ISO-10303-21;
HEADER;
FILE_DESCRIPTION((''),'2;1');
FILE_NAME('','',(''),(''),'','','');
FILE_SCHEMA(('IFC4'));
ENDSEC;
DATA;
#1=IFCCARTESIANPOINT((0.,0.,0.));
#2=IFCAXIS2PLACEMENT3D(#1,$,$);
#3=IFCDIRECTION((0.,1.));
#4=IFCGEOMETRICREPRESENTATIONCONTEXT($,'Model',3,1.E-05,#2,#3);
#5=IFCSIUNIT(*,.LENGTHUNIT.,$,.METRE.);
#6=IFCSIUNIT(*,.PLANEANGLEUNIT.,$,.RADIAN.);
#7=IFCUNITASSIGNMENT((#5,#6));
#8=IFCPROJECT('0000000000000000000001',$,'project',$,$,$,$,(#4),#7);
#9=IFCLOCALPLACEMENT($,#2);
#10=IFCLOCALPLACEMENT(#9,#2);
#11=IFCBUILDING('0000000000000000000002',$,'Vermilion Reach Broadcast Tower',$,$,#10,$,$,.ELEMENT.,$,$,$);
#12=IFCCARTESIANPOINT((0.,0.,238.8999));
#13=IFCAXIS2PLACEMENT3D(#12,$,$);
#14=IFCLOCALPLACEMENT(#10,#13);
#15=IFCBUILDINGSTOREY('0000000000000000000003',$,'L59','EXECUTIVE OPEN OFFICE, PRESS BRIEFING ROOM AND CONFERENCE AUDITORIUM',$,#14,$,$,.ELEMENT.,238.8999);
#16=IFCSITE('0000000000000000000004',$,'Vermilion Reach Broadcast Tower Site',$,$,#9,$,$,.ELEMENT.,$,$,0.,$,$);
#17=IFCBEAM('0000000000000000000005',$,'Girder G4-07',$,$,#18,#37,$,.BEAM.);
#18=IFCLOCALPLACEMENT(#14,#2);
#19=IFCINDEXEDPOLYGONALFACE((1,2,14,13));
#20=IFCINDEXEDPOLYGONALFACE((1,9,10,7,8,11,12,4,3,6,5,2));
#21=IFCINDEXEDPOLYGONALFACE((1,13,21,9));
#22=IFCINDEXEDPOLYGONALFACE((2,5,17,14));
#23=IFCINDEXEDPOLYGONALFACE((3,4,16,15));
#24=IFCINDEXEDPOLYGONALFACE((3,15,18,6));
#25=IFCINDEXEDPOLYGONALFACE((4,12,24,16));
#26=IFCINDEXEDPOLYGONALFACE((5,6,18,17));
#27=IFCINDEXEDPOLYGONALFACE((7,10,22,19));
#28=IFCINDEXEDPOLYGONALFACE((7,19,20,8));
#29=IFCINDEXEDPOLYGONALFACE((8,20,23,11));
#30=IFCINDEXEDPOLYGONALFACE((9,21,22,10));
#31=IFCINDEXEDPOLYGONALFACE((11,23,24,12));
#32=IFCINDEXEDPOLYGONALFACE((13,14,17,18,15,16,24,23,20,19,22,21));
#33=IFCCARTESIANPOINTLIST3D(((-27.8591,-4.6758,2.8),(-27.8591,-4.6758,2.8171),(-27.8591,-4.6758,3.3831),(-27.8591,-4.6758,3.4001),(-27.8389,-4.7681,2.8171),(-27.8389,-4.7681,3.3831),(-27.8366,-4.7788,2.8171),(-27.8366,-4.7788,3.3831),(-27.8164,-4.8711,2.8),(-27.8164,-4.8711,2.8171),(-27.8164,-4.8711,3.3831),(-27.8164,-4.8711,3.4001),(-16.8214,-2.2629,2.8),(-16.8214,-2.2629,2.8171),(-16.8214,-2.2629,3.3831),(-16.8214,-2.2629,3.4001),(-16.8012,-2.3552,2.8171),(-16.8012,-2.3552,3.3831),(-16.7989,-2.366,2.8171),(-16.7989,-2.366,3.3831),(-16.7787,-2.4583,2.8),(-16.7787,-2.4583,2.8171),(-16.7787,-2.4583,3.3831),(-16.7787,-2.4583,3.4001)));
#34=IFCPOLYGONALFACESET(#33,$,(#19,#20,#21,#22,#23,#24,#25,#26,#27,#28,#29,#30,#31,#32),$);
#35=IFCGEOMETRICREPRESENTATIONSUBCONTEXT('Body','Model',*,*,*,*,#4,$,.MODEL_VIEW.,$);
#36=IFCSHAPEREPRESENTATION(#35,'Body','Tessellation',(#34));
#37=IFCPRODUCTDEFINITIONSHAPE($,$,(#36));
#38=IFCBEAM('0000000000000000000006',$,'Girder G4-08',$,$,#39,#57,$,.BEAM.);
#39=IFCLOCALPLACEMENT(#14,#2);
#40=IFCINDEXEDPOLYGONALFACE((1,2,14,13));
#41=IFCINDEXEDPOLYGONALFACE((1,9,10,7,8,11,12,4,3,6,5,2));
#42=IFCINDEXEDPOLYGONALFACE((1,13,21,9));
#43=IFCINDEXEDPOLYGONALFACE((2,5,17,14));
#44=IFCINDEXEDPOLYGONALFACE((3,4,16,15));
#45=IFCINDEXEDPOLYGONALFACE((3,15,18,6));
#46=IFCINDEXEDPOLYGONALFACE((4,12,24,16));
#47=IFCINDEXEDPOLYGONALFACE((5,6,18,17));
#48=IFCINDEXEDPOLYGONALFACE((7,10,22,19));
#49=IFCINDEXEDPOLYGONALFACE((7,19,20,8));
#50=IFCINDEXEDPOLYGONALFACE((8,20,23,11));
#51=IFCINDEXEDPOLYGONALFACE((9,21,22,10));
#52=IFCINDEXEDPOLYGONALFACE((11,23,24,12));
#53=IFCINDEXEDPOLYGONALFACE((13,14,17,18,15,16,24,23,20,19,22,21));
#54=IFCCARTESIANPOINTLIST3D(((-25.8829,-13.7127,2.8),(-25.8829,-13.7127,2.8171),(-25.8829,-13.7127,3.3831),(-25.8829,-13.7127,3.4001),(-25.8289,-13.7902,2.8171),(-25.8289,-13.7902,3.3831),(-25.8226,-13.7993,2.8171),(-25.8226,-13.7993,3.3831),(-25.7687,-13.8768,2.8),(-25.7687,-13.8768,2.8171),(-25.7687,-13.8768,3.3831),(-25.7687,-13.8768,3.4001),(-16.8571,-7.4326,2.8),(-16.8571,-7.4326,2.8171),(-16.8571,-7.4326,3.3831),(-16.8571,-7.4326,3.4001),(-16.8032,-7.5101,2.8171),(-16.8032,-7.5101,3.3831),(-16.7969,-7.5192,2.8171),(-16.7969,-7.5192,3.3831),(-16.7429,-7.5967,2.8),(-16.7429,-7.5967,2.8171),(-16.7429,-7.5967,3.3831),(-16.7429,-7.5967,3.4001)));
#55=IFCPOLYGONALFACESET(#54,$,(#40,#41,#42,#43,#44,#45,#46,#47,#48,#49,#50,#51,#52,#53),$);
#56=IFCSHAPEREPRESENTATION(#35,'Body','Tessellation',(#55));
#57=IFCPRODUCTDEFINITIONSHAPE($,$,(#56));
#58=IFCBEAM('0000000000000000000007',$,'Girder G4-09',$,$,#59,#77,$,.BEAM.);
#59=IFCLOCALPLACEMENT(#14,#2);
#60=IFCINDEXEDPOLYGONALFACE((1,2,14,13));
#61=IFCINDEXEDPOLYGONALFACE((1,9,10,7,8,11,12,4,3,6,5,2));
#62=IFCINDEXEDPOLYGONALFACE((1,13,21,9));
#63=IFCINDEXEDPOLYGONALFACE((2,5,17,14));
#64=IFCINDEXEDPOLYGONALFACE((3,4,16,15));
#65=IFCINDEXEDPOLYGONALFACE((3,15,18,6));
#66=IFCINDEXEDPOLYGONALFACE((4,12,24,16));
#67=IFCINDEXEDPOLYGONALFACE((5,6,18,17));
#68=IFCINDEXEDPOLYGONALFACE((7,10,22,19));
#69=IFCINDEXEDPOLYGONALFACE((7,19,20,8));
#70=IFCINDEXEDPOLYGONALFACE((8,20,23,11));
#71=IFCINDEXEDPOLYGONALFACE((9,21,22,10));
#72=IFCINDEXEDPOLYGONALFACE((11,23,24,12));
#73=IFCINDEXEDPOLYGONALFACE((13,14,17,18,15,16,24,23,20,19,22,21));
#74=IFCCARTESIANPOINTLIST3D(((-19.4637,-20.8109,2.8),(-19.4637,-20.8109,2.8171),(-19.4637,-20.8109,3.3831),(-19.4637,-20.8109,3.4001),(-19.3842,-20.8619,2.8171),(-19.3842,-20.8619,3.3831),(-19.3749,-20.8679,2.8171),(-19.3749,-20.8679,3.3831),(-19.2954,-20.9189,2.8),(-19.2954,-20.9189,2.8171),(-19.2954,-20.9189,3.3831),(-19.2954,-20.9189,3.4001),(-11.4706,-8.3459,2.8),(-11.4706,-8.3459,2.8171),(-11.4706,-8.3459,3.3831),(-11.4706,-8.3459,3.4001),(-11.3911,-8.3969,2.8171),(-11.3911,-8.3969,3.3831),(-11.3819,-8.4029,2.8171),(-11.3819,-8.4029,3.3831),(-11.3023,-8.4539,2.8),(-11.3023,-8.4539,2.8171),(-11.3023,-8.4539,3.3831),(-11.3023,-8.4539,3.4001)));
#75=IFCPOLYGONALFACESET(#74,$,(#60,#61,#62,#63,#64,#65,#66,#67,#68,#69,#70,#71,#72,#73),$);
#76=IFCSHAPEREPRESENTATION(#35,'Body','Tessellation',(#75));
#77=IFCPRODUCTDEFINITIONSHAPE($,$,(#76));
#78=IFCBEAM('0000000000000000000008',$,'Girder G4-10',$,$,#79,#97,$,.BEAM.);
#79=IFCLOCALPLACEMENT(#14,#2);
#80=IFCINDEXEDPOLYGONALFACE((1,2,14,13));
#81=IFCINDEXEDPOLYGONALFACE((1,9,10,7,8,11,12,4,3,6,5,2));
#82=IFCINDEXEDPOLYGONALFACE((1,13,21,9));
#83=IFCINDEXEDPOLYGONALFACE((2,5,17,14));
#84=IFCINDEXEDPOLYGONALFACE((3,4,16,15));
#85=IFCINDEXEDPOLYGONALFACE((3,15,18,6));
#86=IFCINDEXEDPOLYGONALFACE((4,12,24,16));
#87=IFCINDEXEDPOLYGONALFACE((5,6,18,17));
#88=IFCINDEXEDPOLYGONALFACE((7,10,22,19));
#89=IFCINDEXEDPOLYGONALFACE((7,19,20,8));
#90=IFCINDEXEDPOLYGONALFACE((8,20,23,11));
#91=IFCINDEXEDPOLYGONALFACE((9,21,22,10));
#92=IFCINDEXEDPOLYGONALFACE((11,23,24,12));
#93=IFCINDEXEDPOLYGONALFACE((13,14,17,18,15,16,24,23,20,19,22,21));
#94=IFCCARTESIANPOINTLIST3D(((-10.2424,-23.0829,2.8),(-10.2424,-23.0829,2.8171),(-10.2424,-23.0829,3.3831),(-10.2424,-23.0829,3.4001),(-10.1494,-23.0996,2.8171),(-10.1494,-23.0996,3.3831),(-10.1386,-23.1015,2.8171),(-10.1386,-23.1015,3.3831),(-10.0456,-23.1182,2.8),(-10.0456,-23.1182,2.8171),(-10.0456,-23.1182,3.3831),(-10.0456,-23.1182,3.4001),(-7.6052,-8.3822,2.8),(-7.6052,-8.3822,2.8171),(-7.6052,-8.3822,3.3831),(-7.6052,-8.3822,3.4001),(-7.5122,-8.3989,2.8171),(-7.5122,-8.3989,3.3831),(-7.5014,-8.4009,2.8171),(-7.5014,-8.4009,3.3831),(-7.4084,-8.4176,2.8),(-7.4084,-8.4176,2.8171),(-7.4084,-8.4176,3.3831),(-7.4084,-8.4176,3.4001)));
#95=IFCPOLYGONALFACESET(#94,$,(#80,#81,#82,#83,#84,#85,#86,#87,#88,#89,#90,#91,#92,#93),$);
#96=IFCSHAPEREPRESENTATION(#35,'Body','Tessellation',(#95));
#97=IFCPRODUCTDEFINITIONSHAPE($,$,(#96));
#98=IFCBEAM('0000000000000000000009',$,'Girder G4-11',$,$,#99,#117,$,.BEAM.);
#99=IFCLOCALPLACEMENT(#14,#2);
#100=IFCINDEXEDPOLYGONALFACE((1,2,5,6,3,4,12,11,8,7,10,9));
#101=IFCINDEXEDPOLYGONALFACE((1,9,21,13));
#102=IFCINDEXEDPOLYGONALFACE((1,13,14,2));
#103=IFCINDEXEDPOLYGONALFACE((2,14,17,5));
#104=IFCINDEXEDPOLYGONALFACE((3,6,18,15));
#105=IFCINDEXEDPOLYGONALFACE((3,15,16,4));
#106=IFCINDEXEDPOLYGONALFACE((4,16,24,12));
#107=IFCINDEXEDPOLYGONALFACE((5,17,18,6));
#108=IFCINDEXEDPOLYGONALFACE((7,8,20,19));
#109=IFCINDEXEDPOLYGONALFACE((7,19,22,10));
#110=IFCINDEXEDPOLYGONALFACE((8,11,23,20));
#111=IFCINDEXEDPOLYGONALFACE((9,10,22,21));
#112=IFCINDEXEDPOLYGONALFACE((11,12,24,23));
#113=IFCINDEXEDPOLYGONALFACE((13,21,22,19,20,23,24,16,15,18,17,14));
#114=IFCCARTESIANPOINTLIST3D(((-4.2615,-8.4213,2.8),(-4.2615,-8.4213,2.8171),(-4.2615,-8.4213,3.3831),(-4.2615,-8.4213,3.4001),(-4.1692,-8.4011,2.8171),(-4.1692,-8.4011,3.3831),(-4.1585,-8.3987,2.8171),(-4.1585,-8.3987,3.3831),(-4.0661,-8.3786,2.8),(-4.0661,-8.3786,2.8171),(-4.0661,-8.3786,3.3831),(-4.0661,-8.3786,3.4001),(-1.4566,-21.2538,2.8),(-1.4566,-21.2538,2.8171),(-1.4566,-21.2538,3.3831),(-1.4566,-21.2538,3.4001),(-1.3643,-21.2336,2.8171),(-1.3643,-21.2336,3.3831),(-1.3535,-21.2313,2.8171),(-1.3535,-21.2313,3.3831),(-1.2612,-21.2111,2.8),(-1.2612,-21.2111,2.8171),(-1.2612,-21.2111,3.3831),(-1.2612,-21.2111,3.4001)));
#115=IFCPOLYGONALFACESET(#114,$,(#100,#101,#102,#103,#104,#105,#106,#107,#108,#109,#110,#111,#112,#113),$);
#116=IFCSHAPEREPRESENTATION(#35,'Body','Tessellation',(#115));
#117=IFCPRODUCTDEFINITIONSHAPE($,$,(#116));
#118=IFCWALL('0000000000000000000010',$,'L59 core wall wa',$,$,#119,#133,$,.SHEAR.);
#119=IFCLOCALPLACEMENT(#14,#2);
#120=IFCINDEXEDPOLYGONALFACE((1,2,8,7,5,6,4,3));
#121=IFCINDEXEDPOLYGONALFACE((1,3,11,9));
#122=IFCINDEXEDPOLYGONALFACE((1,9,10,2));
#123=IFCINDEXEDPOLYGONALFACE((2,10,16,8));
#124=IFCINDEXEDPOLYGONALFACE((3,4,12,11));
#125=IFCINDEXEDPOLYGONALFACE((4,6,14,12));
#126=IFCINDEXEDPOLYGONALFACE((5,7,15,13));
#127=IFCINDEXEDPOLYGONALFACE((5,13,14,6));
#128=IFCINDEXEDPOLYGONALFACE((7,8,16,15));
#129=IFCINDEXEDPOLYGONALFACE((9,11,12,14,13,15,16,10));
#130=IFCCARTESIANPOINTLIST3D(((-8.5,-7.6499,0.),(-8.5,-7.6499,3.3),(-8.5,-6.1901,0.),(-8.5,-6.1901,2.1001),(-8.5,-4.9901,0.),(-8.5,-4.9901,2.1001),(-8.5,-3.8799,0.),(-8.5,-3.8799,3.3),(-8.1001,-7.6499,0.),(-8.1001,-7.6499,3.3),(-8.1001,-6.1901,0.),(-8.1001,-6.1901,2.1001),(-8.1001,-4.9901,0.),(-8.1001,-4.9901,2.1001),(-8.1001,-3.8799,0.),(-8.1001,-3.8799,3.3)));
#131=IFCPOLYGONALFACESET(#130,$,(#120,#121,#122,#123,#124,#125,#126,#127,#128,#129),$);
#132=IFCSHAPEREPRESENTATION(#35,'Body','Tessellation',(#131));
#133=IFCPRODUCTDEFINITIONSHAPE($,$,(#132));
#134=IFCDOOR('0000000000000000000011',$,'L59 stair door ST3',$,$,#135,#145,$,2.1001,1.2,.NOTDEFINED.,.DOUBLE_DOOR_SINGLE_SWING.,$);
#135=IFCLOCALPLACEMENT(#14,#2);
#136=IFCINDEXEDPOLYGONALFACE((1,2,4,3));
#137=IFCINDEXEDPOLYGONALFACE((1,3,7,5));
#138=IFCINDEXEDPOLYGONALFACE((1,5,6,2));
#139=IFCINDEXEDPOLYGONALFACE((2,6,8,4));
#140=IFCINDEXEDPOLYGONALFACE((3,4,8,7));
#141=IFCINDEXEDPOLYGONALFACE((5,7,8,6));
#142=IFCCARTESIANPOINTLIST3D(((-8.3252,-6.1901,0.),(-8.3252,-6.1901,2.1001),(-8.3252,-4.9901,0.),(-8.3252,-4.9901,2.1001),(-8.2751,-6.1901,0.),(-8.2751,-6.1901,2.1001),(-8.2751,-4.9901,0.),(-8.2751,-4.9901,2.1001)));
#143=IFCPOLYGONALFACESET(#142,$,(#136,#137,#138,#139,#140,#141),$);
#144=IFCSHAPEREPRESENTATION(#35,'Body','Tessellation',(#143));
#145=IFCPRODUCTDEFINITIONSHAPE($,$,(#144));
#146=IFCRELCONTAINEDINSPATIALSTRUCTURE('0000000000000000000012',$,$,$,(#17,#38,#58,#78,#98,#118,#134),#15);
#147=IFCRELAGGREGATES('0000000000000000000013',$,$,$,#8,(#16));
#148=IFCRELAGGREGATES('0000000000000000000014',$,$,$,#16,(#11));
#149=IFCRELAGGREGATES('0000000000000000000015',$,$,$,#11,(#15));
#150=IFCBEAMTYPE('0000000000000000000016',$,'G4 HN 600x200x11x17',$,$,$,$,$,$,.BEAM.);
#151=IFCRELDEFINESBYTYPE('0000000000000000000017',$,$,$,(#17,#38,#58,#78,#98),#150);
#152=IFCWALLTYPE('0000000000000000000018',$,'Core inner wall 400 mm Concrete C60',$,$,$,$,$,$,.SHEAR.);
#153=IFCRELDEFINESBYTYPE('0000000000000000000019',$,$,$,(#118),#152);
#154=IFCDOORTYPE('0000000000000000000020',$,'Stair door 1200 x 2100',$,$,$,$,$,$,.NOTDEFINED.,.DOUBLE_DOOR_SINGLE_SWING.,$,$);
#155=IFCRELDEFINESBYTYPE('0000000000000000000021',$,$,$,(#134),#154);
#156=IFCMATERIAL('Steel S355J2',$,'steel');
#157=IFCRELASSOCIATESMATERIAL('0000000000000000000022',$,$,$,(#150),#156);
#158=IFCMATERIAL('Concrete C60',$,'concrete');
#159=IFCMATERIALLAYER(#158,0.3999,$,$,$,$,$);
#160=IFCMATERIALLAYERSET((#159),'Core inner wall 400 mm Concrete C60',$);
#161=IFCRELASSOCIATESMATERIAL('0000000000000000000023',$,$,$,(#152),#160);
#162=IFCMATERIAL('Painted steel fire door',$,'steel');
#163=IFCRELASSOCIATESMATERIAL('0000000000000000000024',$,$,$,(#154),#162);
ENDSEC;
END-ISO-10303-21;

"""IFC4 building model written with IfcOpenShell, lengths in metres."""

from ifc_helpers import new_model, si_unit, direction, frame, frame_2d, origin, origin_2d, place, context, subcontext, project, spatial, rectangle, i_section, extrude, material, layer, layer_set, material_profile, profile_set, type_object, element, fill, save


model = new_model("IFC4")

# Units and contexts
model_context = context("Model", 3, precision=1e-05, world=origin(), true_north=direction((0.0, 1.0)))
body_context = subcontext(model_context, "Body", "Model", "MODEL_VIEW")
ifc_project = project(units=[si_unit("LENGTHUNIT", "METRE"), si_unit("PLANEANGLEUNIT", "RADIAN")], contexts=[model_context])

# Site, building, storey
site_placement = place(None, origin())
site = spatial("IfcSite", under=ifc_project, at=site_placement, Name="Vermilion Reach Broadcast Tower Site", CompositionType="ELEMENT", RefElevation=0.0)
building_placement = place(site_placement, origin())
building = spatial("IfcBuilding", under=site, at=building_placement, Name="Vermilion Reach Broadcast Tower", CompositionType="ELEMENT")
storey_placement = place(building_placement, frame((0.0, 0.0, 238.8999)))
storey = spatial("IfcBuildingStorey", under=building, at=storey_placement, Name="L59", Description="EXECUTIVE OPEN OFFICE, PRESS BRIEFING ROOM AND CONFERENCE AUDITORIUM", CompositionType="ELEMENT", Elevation=238.8999)

# Beams
ifc_material_1 = material(Name="Steel S355J2", Category="steel")
ifc_material_profile = material_profile(ifc_material_1, i_section(OverallWidth=0.2, OverallDepth=0.6001, WebThickness=0.011, FlangeThickness=0.0171, at=origin_2d()), Name="S355J2 HN 600x200x11x17")
ifc_profile_set = profile_set([ifc_material_profile], Name="Steel S355J2")
beam_type = type_object("IfcBeamType", Name="G4 HN 600x200x11x17", PredefinedType="BEAM", material=ifc_profile_set)
beam_1_placement = place(storey_placement, frame((-16.8, -2.3606, 3.1001), z_axis=(-0.97693, -0.213559, 0.0), x_axis=(0.213559, -0.97693, 0.0)))
element("IfcBeam", 1, at=beam_1_placement, inside=storey, type_object=beam_type, Name="Girder G4-07", PredefinedType="BEAM", context=body_context, shape_type="SweptSolid", body=[
    extrude(i_section(OverallWidth=0.2, OverallDepth=0.6001, WebThickness=0.011, FlangeThickness=0.0171, at=origin_2d()), origin(), (0.0, 0.0, 1.0), 11.2983),
])
beam_2_placement = place(storey_placement, frame((-16.8, -7.5146, 3.1001), z_axis=(-0.820849, -0.571146, 0.0), x_axis=(0.571146, -0.820849, 0.0)))
element("IfcBeam", 2, at=beam_2_placement, inside=storey, type_object=beam_type, Name="Girder G4-08", PredefinedType="BEAM", context=body_context, shape_type="SweptSolid", body=[
    extrude(i_section(OverallWidth=0.2, OverallDepth=0.6001, WebThickness=0.011, FlangeThickness=0.0171, at=origin_2d()), origin(), (0.0, 0.0, 1.0), 10.9956),
])
beam_3_placement = place(storey_placement, frame((-11.3865, -8.3999, 3.1001), z_axis=(-0.539796, -0.841796, 0.0), x_axis=(0.841796, -0.539796, 0.0)))
element("IfcBeam", 3, at=beam_3_placement, inside=storey, type_object=beam_type, Name="Girder G4-09", PredefinedType="BEAM", context=body_context, shape_type="SweptSolid", body=[
    extrude(i_section(OverallWidth=0.2, OverallDepth=0.6001, WebThickness=0.011, FlangeThickness=0.0171, at=origin_2d()), origin(), (0.0, 0.0, 1.0), 14.8076),
])
beam_4_placement = place(storey_placement, frame((-7.5068, -8.3999, 3.1001), z_axis=(-0.176575, -0.984287, 0.0), x_axis=(0.984287, -0.176575, 0.0)))
element("IfcBeam", 4, at=beam_4_placement, inside=storey, type_object=beam_type, Name="Girder G4-10", PredefinedType="BEAM", context=body_context, shape_type="SweptSolid", body=[
    extrude(i_section(OverallWidth=0.2, OverallDepth=0.6001, WebThickness=0.011, FlangeThickness=0.0171, at=origin_2d()), origin(), (0.0, 0.0, 1.0), 14.9353),
])
beam_5_placement = place(storey_placement, frame((-4.1638, -8.3999, 3.1001), z_axis=(0.213538, -0.976935, 0.0), x_axis=(0.976935, 0.213538, 0.0)))
element("IfcBeam", 5, at=beam_5_placement, inside=storey, type_object=beam_type, Name="Girder G4-11", PredefinedType="BEAM", context=body_context, shape_type="SweptSolid", body=[
    extrude(i_section(OverallWidth=0.2, OverallDepth=0.6001, WebThickness=0.011, FlangeThickness=0.0171, at=origin_2d()), origin(), (0.0, 0.0, 1.0), 13.1355),
])

# Wall, opening, door
ifc_material_2 = material(Name="Concrete C60", Category="concrete")
ifc_layer_1 = layer(ifc_material_2, 0.3999)
ifc_layer_set_1 = layer_set([ifc_layer_1], Name="Core inner wall 400 mm Concrete C60")
wall_type_1 = type_object("IfcWallType", Name="Core inner wall 400 mm Concrete C60", PredefinedType="SHEAR", material=ifc_layer_set_1)
wall_1_placement = place(storey_placement, frame((-8.3, -3.8799, 0.0), z_axis=(0.0, 0.0, 1.0), x_axis=(0.0, -1.0, 0.0)))
wall_1 = element("IfcWall", 6, at=wall_1_placement, inside=storey, type_object=wall_type_1, Name="L59 core wall wa", PredefinedType="SHEAR", context=body_context, shape_type="SweptSolid", body=[
    extrude(rectangle(XDim=3.77, YDim=0.3999, at=frame_2d((1.885, 0.0))), origin(), (0.0, 0.0, 1.0), 3.3),
])
opening_1_placement = place(wall_1_placement, frame((1.1101, 0.0, 0.0)))
opening_1 = element("IfcOpeningElement", 7, at=opening_1_placement, cuts=wall_1, PredefinedType="OPENING", context=body_context, shape_type="SweptSolid", body=[
    extrude(rectangle(XDim=1.2, YDim=2.1001, at=frame_2d((0.6001, 1.05))), frame((0.0, 0.21, 0.0), z_axis=(0.0, -1.0, 0.0), x_axis=(1.0, 0.0, 0.0)), (0.0, 0.0, 1.0), 0.4199),
])
ifc_material_3 = material(Name="Painted steel fire door", Category="steel")
door_type_1 = type_object("IfcDoorType", Name="Stair door 1200 x 2100", OperationType="DOUBLE_DOOR_SINGLE_SWING", PredefinedType="NOTDEFINED", material=ifc_material_3)
door_1_placement = place(opening_1_placement, origin())
door_1 = element("IfcDoor", 8, at=door_1_placement, inside=storey, type_object=door_type_1, Name="L59 stair door ST3", OperationType="DOUBLE_DOOR_SINGLE_SWING", OverallHeight=2.1001, OverallWidth=1.2, PredefinedType="NOTDEFINED", context=body_context, shape_type="SweptSolid", body=[
    extrude(rectangle(XDim=1.2, YDim=2.1001, at=frame_2d((0.6001, 1.05))), frame((0.0, 0.0249, 0.0), z_axis=(0.0, -1.0, 0.0), x_axis=(1.0, 0.0, 0.0)), (0.0, 0.0, 1.0), 0.05),
])
fill(opening_1, door_1)

save(model, "model.ifc")
